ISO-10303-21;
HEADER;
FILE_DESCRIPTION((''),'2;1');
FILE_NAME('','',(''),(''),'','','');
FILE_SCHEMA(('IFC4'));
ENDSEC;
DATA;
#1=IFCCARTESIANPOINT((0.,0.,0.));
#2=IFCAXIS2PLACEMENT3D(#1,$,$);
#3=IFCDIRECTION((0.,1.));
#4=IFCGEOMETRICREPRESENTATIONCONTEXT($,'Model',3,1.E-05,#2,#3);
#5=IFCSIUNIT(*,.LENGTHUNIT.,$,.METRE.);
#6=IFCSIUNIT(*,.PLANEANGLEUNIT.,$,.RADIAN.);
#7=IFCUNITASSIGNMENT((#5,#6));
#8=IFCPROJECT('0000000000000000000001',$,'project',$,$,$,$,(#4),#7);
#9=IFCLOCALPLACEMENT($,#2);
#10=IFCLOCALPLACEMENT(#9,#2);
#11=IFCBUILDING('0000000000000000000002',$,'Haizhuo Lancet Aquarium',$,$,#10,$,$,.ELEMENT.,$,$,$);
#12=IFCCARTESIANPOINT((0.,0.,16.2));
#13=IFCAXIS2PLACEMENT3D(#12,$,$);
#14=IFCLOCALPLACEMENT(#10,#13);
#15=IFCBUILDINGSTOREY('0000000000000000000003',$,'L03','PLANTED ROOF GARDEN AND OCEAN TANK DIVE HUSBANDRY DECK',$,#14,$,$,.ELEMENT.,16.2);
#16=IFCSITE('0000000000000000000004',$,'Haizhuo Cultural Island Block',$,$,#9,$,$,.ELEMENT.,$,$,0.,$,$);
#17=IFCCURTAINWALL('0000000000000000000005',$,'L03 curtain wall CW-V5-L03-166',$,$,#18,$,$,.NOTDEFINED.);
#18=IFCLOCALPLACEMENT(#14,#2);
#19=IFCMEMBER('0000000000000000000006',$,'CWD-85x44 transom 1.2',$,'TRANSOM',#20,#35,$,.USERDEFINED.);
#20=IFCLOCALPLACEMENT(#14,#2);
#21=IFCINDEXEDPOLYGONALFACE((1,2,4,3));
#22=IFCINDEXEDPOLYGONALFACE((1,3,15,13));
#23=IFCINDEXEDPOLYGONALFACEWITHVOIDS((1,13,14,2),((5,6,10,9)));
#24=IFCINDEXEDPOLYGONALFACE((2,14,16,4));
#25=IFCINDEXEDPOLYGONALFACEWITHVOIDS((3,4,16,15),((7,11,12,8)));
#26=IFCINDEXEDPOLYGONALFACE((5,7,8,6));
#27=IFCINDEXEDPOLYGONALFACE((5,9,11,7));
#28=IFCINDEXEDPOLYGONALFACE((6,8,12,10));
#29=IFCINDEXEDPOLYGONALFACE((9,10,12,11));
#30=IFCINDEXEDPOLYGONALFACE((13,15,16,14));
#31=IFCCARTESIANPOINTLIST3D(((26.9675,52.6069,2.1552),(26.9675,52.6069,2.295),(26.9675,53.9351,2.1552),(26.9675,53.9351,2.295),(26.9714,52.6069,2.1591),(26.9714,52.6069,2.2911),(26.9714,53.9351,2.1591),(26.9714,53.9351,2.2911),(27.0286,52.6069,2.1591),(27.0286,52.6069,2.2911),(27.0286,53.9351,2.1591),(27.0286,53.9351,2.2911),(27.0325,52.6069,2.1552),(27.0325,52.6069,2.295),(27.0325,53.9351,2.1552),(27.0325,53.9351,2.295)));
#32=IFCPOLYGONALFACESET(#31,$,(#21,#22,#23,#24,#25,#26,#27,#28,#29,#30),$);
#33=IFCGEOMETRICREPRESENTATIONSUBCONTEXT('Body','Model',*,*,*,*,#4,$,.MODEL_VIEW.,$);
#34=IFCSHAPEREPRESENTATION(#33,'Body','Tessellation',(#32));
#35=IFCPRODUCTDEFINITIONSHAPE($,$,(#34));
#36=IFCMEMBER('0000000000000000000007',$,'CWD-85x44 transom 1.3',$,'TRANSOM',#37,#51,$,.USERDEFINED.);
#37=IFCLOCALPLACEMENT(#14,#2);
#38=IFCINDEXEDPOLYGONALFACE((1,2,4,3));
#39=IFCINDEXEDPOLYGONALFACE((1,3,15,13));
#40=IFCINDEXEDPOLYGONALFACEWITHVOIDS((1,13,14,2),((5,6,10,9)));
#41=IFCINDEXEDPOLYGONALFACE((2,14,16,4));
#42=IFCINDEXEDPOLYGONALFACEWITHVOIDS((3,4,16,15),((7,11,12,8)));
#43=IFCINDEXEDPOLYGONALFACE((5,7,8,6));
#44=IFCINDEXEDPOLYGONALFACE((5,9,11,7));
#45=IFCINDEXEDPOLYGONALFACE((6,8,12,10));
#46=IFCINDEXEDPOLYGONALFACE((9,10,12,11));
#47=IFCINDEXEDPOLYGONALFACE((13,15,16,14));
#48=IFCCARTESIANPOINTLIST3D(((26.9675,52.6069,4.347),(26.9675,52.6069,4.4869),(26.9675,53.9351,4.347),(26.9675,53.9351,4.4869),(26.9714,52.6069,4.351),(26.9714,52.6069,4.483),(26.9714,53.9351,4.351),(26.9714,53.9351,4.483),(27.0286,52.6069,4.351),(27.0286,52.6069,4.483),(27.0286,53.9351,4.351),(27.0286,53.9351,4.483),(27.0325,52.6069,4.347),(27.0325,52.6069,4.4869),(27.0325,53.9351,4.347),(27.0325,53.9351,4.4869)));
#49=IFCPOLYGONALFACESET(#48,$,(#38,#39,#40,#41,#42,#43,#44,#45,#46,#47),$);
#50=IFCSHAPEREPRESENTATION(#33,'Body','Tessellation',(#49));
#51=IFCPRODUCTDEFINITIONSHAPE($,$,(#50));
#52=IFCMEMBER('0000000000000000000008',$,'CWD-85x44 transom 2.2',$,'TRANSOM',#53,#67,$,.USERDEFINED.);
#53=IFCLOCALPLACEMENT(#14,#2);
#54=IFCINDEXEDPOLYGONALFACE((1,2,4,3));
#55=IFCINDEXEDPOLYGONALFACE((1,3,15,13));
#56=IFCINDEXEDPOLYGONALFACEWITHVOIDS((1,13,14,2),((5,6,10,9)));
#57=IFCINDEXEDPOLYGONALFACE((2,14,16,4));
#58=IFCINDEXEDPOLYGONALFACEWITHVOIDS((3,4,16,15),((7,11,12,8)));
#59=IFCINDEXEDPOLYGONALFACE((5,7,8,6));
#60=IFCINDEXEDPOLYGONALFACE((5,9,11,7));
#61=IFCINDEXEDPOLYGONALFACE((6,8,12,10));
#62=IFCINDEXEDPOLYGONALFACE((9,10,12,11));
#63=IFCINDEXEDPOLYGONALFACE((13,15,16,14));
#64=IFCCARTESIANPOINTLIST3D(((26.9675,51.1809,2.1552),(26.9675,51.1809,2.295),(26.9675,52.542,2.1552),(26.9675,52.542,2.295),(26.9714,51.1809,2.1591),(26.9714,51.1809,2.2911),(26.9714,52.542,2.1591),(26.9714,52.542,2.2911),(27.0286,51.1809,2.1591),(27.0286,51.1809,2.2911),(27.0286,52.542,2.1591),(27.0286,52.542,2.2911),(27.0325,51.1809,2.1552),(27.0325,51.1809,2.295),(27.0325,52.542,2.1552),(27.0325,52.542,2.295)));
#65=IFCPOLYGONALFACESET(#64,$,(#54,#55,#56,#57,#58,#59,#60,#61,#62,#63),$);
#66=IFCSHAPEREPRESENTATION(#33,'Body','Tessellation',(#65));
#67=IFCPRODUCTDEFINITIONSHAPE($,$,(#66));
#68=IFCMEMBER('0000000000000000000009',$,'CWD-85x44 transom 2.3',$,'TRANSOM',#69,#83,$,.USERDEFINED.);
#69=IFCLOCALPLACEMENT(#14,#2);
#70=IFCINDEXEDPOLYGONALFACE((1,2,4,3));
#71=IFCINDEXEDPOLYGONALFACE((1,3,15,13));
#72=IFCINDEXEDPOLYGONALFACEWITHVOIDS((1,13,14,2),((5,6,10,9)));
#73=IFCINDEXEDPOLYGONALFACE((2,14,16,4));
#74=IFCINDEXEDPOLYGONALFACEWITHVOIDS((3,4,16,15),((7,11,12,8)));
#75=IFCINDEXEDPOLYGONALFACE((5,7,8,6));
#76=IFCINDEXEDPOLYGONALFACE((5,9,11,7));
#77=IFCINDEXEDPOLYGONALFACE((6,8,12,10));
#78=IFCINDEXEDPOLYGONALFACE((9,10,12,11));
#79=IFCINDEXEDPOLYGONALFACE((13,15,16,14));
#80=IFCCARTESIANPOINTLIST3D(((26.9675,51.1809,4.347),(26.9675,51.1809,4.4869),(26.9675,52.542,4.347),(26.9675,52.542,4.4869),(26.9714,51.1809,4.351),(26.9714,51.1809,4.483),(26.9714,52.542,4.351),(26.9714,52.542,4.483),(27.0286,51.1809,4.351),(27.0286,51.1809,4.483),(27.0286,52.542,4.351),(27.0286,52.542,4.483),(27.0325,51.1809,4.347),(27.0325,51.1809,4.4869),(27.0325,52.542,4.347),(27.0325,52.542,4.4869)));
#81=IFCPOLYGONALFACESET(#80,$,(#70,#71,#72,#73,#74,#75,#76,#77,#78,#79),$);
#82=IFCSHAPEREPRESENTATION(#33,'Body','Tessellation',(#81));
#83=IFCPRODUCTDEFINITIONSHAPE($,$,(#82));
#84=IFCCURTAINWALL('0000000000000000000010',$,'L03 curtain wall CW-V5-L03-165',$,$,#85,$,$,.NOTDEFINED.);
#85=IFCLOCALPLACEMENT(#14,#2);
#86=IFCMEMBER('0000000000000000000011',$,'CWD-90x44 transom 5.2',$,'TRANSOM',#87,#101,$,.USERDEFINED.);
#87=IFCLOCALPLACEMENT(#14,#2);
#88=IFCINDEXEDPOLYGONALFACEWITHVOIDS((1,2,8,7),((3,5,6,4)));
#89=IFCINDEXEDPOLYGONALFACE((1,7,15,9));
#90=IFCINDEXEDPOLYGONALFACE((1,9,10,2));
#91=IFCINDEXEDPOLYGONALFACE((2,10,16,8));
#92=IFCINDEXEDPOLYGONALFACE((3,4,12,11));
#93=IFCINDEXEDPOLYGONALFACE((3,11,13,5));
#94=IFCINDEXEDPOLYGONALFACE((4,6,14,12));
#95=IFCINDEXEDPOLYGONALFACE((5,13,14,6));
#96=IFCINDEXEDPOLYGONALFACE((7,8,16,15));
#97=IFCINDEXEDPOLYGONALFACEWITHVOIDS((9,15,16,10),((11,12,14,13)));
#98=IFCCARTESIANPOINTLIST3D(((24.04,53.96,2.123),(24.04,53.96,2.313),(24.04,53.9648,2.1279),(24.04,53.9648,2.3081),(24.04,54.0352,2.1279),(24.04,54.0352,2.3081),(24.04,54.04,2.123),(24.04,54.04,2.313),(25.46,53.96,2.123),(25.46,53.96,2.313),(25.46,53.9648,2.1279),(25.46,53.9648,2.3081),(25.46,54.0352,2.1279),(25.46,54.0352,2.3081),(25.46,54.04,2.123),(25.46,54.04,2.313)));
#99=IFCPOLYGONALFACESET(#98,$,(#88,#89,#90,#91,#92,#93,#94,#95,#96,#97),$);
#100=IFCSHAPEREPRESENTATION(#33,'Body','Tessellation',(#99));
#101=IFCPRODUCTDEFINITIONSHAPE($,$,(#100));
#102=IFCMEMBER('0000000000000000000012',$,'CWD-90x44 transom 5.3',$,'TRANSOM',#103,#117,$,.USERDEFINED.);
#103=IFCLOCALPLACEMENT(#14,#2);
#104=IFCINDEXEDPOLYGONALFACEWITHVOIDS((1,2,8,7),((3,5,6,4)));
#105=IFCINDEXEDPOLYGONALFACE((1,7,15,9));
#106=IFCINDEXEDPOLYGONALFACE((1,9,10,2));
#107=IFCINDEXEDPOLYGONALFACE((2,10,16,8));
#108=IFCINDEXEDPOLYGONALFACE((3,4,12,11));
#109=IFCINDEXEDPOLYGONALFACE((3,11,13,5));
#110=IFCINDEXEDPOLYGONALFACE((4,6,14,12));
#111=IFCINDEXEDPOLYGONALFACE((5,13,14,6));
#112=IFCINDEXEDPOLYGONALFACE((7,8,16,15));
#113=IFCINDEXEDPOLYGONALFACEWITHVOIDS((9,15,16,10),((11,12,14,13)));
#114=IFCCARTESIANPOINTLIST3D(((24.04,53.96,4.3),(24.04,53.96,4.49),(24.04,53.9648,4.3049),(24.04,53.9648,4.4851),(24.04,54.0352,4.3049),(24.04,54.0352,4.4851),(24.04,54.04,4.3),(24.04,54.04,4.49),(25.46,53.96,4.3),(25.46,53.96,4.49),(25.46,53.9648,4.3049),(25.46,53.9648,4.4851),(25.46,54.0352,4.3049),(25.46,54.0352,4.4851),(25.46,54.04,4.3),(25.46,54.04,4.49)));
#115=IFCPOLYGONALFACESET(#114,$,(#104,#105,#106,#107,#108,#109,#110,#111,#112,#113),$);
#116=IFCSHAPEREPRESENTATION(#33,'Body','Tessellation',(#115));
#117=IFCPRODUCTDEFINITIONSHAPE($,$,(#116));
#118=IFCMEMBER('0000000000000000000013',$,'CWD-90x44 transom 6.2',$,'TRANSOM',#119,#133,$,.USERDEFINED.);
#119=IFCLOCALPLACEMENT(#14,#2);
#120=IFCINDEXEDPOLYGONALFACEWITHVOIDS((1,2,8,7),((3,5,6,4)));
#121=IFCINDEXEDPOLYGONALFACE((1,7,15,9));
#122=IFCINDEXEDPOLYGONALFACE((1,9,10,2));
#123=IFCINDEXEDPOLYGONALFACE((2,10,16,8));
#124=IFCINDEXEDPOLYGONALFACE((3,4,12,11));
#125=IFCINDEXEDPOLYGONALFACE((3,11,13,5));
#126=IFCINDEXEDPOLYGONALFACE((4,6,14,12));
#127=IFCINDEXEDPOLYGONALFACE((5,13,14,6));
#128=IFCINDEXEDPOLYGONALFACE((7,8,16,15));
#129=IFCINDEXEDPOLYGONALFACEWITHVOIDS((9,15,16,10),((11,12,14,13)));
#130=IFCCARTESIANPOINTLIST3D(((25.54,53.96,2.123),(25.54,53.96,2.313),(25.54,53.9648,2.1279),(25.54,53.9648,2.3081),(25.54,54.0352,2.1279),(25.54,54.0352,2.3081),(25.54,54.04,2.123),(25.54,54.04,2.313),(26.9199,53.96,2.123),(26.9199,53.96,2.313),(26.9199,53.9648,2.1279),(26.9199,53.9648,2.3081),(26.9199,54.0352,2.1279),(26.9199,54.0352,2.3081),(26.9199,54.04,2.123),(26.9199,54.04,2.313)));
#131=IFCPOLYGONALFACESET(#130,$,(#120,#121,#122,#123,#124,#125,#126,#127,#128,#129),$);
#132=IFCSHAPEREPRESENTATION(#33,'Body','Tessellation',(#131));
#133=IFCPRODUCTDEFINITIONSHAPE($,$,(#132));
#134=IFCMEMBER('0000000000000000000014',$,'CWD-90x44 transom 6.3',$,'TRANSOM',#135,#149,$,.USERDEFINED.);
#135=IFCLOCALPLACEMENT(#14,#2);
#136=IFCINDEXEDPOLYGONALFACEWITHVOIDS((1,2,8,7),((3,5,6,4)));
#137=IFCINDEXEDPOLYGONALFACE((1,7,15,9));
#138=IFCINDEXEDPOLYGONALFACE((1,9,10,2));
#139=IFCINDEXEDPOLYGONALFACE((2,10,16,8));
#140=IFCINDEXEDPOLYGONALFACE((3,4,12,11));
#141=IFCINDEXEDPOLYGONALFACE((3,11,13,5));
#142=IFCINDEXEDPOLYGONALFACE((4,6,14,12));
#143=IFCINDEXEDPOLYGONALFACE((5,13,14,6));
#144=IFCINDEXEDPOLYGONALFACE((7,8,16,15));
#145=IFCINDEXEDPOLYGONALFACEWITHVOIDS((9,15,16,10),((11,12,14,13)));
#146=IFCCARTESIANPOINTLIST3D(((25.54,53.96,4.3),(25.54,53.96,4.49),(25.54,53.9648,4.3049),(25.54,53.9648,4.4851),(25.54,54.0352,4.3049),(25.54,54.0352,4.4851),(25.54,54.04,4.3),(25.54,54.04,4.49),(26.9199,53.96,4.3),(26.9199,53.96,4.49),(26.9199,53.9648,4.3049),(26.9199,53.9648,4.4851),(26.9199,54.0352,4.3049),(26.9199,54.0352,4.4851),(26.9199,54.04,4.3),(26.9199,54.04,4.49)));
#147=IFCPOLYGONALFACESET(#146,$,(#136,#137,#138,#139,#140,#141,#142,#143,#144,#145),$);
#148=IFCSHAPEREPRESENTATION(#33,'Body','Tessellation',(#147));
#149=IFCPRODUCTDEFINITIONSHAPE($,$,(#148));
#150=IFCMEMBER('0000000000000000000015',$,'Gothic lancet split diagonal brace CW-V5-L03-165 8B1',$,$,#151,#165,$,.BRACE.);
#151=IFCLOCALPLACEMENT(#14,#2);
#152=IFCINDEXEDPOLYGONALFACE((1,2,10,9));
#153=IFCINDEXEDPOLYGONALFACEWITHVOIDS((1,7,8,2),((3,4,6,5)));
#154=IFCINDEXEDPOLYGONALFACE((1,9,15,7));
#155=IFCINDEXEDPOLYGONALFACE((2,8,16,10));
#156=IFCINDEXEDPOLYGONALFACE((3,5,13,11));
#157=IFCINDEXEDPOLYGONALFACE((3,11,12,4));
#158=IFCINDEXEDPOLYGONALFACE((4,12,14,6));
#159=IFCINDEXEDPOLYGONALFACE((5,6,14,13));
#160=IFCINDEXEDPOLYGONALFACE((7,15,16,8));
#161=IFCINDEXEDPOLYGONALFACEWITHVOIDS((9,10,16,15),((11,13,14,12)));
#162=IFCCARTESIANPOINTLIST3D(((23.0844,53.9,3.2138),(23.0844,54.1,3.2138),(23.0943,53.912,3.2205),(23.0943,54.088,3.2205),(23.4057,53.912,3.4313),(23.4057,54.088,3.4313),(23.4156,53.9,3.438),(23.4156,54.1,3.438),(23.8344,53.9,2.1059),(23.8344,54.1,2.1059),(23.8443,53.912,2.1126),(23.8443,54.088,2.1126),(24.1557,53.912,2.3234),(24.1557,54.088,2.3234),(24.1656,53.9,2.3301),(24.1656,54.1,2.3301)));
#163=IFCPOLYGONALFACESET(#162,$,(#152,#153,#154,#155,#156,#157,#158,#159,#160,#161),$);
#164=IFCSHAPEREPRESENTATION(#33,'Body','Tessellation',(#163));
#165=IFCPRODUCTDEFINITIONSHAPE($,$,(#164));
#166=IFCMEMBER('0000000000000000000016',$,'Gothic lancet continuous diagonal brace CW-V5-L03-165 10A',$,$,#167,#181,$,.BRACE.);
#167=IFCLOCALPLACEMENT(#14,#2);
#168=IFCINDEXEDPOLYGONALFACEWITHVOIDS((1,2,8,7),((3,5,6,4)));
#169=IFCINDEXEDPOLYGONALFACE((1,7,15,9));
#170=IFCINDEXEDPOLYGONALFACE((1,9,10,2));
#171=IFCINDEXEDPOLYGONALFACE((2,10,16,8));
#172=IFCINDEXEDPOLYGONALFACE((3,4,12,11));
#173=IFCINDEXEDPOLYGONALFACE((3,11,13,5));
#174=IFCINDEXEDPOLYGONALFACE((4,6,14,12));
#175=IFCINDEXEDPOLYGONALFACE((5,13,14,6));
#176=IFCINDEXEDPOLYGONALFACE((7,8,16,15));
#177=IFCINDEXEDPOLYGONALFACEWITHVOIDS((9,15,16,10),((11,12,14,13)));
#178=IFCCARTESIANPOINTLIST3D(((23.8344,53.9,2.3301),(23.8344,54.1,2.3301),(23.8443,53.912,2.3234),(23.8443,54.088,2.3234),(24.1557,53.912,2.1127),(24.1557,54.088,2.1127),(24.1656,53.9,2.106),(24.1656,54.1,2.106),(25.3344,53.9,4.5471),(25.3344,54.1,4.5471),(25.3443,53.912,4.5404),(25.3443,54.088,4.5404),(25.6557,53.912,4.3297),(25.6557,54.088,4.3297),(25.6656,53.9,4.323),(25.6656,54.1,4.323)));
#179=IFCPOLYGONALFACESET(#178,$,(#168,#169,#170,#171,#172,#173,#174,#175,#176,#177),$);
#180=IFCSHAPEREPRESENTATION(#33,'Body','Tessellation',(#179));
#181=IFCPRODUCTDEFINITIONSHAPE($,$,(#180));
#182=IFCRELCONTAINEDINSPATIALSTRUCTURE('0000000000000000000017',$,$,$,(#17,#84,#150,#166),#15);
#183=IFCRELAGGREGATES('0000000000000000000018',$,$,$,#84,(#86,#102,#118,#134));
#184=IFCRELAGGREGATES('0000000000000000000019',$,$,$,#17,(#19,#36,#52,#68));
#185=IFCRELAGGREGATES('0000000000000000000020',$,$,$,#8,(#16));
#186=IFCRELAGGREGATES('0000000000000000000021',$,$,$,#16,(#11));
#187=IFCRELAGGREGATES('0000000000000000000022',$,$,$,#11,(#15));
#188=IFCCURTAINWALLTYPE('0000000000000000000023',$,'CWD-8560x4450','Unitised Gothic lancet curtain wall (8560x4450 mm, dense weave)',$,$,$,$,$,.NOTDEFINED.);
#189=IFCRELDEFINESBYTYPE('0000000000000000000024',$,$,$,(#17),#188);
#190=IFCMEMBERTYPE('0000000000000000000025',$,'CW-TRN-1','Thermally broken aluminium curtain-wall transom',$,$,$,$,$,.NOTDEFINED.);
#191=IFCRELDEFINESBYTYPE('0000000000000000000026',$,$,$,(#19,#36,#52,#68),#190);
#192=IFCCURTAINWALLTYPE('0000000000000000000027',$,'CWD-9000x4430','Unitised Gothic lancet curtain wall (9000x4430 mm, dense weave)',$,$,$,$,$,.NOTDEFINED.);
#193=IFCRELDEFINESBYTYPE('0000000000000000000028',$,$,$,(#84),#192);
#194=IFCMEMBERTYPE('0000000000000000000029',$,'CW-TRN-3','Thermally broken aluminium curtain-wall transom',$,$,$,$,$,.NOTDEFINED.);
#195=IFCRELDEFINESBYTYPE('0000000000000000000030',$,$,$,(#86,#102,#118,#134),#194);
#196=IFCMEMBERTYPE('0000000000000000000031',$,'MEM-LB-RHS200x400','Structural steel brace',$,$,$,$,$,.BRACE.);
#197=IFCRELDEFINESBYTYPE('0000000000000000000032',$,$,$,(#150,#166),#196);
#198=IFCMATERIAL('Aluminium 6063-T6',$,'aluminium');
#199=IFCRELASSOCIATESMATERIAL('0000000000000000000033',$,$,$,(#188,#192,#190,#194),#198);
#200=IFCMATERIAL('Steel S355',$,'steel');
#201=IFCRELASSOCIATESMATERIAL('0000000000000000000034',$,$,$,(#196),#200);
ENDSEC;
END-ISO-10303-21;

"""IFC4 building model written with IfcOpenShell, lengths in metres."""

from ifc_helpers import new_model, si_unit, direction, frame, origin, origin_2d, place, context, subcontext, project, spatial, hollow_rectangle, extrude, material, material_profile, profile_set, type_object, element, aggregate, save


model = new_model("IFC4")

# Units and contexts
model_context = context("Model", 3, precision=1e-05, world=origin(), true_north=direction((0.0, 1.0)))
body_context = subcontext(model_context, "Body", "Model", "MODEL_VIEW")
ifc_project = project(units=[si_unit("LENGTHUNIT", "METRE"), si_unit("PLANEANGLEUNIT", "RADIAN")], contexts=[model_context])

# Site, building, storey
site_placement = place(None, origin())
site = spatial("IfcSite", under=ifc_project, at=site_placement, Name="Haizhuo Cultural Island Block", CompositionType="ELEMENT", RefElevation=0.0)
building_placement = place(site_placement, origin())
building = spatial("IfcBuilding", under=site, at=building_placement, Name="Haizhuo Lancet Aquarium", CompositionType="ELEMENT")
storey_placement = place(building_placement, frame((0.0, 0.0, 16.2)))
storey = spatial("IfcBuildingStorey", under=building, at=storey_placement, Name="L03", Description="PLANTED ROOF GARDEN AND OCEAN TANK DIVE HUSBANDRY DECK", CompositionType="ELEMENT", Elevation=16.2)

# Curtain walls, members
ifc_material_1 = material(Name="Aluminium 6063-T6", Category="aluminium")
curtain_wall_type_1 = type_object("IfcCurtainWallType", Name="CWD-8560x4450", Description="Unitised Gothic lancet curtain wall (8560x4450 mm, dense weave)", PredefinedType="NOTDEFINED", material=ifc_material_1)
curtain_wall_1_placement = place(storey_placement, origin())
curtain_wall_1 = element("IfcCurtainWall", 1, at=curtain_wall_1_placement, inside=storey, type_object=curtain_wall_type_1, Name="L03 curtain wall CW-V5-L03-166", PredefinedType="NOTDEFINED")
ifc_material_profile_1 = material_profile(ifc_material_1, hollow_rectangle(XDim=0.0649, YDim=0.1399, WallThickness=0.0039, at=origin_2d()), Name="ALU-T 65x140x4")
ifc_profile_set_1 = profile_set([ifc_material_profile_1], Name="Aluminium 6063-T6")
member_type_1 = type_object("IfcMemberType", Name="CW-TRN-1", Description="Thermally broken aluminium curtain-wall transom", PredefinedType="NOTDEFINED", material=ifc_profile_set_1)
member_1_placement = place(storey_placement, frame((27.0, 53.9351, 2.2251), z_axis=(0.0, -1.0, 0.0), x_axis=(1.0, 0.0, 0.0)))
member_1 = element("IfcMember", 2, at=member_1_placement, type_object=member_type_1, Name="CWD-85x44 transom 1.2", ObjectType="TRANSOM", PredefinedType="USERDEFINED", context=body_context, shape_type="SweptSolid", body=[
    extrude(hollow_rectangle(XDim=0.0649, YDim=0.1399, WallThickness=0.0039, at=origin_2d()), origin(), (0.0, 0.0, 1.0), 1.3281),
])
member_2_placement = place(storey_placement, frame((27.0, 53.9351, 4.417), z_axis=(0.0, -1.0, 0.0), x_axis=(1.0, 0.0, 0.0)))
member_2 = element("IfcMember", 3, at=member_2_placement, type_object=member_type_1, Name="CWD-85x44 transom 1.3", ObjectType="TRANSOM", PredefinedType="USERDEFINED", context=body_context, shape_type="SweptSolid", body=[
    extrude(hollow_rectangle(XDim=0.0649, YDim=0.1399, WallThickness=0.0039, at=origin_2d()), origin(), (0.0, 0.0, 1.0), 1.3281),
])
member_3_placement = place(storey_placement, frame((27.0, 52.542, 2.2251), z_axis=(0.0, -1.0, 0.0), x_axis=(1.0, 0.0, 0.0)))
member_3 = element("IfcMember", 4, at=member_3_placement, type_object=member_type_1, Name="CWD-85x44 transom 2.2", ObjectType="TRANSOM", PredefinedType="USERDEFINED", context=body_context, shape_type="SweptSolid", body=[
    extrude(hollow_rectangle(XDim=0.0649, YDim=0.1399, WallThickness=0.0039, at=origin_2d()), origin(), (0.0, 0.0, 1.0), 1.3611),
])
member_4_placement = place(storey_placement, frame((27.0, 52.542, 4.417), z_axis=(0.0, -1.0, 0.0), x_axis=(1.0, 0.0, 0.0)))
member_4 = element("IfcMember", 5, at=member_4_placement, type_object=member_type_1, Name="CWD-85x44 transom 2.3", ObjectType="TRANSOM", PredefinedType="USERDEFINED", context=body_context, shape_type="SweptSolid", body=[
    extrude(hollow_rectangle(XDim=0.0649, YDim=0.1399, WallThickness=0.0039, at=origin_2d()), origin(), (0.0, 0.0, 1.0), 1.3611),
])
curtain_wall_type_2 = type_object("IfcCurtainWallType", Name="CWD-9000x4430", Description="Unitised Gothic lancet curtain wall (9000x4430 mm, dense weave)", PredefinedType="NOTDEFINED", material=ifc_material_1)
curtain_wall_2_placement = place(storey_placement, origin())
curtain_wall_2 = element("IfcCurtainWall", 6, at=curtain_wall_2_placement, inside=storey, type_object=curtain_wall_type_2, Name="L03 curtain wall CW-V5-L03-165", PredefinedType="NOTDEFINED")
ifc_material_profile_2 = material_profile(ifc_material_1, hollow_rectangle(XDim=0.0801, YDim=0.1899, WallThickness=0.0049, at=origin_2d()), Name="ALU-T 80x190x5")
ifc_profile_set_2 = profile_set([ifc_material_profile_2], Name="Aluminium 6063-T6")
member_type_2 = type_object("IfcMemberType", Name="CW-TRN-3", Description="Thermally broken aluminium curtain-wall transom", PredefinedType="NOTDEFINED", material=ifc_profile_set_2)
member_5_placement = place(storey_placement, frame((24.04, 54.0, 2.218), z_axis=(1.0, 0.0, 0.0), x_axis=(0.0, 1.0, 0.0)))
member_5 = element("IfcMember", 7, at=member_5_placement, type_object=member_type_2, Name="CWD-90x44 transom 5.2", ObjectType="TRANSOM", PredefinedType="USERDEFINED", context=body_context, shape_type="SweptSolid", body=[
    extrude(hollow_rectangle(XDim=0.0801, YDim=0.1899, WallThickness=0.0049, at=origin_2d()), origin(), (0.0, 0.0, 1.0), 1.4199),
])
member_6_placement = place(storey_placement, frame((24.04, 54.0, 4.395), z_axis=(1.0, 0.0, 0.0), x_axis=(0.0, 1.0, 0.0)))
member_6 = element("IfcMember", 8, at=member_6_placement, type_object=member_type_2, Name="CWD-90x44 transom 5.3", ObjectType="TRANSOM", PredefinedType="USERDEFINED", context=body_context, shape_type="SweptSolid", body=[
    extrude(hollow_rectangle(XDim=0.0801, YDim=0.1899, WallThickness=0.0049, at=origin_2d()), origin(), (0.0, 0.0, 1.0), 1.4199),
])
member_7_placement = place(storey_placement, frame((25.54, 54.0, 2.218), z_axis=(1.0, 0.0, 0.0), x_axis=(0.0, 1.0, 0.0)))
member_7 = element("IfcMember", 9, at=member_7_placement, type_object=member_type_2, Name="CWD-90x44 transom 6.2", ObjectType="TRANSOM", PredefinedType="USERDEFINED", context=body_context, shape_type="SweptSolid", body=[
    extrude(hollow_rectangle(XDim=0.0801, YDim=0.1899, WallThickness=0.0049, at=origin_2d()), origin(), (0.0, 0.0, 1.0), 1.3799),
])
member_8_placement = place(storey_placement, frame((25.54, 54.0, 4.395), z_axis=(1.0, 0.0, 0.0), x_axis=(0.0, 1.0, 0.0)))
member_8 = element("IfcMember", 10, at=member_8_placement, type_object=member_type_2, Name="CWD-90x44 transom 6.3", ObjectType="TRANSOM", PredefinedType="USERDEFINED", context=body_context, shape_type="SweptSolid", body=[
    extrude(hollow_rectangle(XDim=0.0801, YDim=0.1899, WallThickness=0.0049, at=origin_2d()), origin(), (0.0, 0.0, 1.0), 1.3799),
])

# Members
ifc_material_2 = material(Name="Steel S355", Category="steel")
ifc_material_profile_3 = material_profile(ifc_material_2, hollow_rectangle(XDim=0.2, YDim=0.3999, WallThickness=0.012, at=origin_2d()), Name="RHS 200x400x12")
ifc_profile_set_3 = profile_set([ifc_material_profile_3], Name="Steel S355")
member_type_3 = type_object("IfcMemberType", Name="MEM-LB-RHS200x400", Description="Structural steel brace", PredefinedType="BRACE", material=ifc_profile_set_3)
member_9_placement = place(storey_placement, frame((24.0, 54.0, 2.218), z_axis=(-0.560582, 0.0, 0.828099), x_axis=(0.0, -1.0, 0.0)))
element("IfcMember", 11, at=member_9_placement, inside=storey, type_object=member_type_3, Name="Gothic lancet split diagonal brace CW-V5-L03-165 8B1", PredefinedType="BRACE", context=body_context, shape_type="SweptSolid", body=[
    extrude(hollow_rectangle(XDim=0.2, YDim=0.3999, WallThickness=0.012, at=origin_2d()), origin(), (0.0, 0.0, 1.0), 1.3379),
])
member_10_placement = place(storey_placement, frame((24.0, 54.0, 2.218), z_axis=(0.56037, 0.0, 0.828242), x_axis=(0.0, 1.0, 0.0)))
element("IfcMember", 12, at=member_10_placement, inside=storey, type_object=member_type_3, Name="Gothic lancet continuous diagonal brace CW-V5-L03-165 10A", PredefinedType="BRACE", context=body_context, shape_type="SweptSolid", body=[
    extrude(hollow_rectangle(XDim=0.2, YDim=0.3999, WallThickness=0.012, at=origin_2d()), origin(), (0.0, 0.0, 1.0), 2.6768),
])

aggregate(curtain_wall_2, [member_5, member_6, member_7, member_8])
aggregate(curtain_wall_1, [member_1, member_2, member_3, member_4])

save(model, "model.ifc")
